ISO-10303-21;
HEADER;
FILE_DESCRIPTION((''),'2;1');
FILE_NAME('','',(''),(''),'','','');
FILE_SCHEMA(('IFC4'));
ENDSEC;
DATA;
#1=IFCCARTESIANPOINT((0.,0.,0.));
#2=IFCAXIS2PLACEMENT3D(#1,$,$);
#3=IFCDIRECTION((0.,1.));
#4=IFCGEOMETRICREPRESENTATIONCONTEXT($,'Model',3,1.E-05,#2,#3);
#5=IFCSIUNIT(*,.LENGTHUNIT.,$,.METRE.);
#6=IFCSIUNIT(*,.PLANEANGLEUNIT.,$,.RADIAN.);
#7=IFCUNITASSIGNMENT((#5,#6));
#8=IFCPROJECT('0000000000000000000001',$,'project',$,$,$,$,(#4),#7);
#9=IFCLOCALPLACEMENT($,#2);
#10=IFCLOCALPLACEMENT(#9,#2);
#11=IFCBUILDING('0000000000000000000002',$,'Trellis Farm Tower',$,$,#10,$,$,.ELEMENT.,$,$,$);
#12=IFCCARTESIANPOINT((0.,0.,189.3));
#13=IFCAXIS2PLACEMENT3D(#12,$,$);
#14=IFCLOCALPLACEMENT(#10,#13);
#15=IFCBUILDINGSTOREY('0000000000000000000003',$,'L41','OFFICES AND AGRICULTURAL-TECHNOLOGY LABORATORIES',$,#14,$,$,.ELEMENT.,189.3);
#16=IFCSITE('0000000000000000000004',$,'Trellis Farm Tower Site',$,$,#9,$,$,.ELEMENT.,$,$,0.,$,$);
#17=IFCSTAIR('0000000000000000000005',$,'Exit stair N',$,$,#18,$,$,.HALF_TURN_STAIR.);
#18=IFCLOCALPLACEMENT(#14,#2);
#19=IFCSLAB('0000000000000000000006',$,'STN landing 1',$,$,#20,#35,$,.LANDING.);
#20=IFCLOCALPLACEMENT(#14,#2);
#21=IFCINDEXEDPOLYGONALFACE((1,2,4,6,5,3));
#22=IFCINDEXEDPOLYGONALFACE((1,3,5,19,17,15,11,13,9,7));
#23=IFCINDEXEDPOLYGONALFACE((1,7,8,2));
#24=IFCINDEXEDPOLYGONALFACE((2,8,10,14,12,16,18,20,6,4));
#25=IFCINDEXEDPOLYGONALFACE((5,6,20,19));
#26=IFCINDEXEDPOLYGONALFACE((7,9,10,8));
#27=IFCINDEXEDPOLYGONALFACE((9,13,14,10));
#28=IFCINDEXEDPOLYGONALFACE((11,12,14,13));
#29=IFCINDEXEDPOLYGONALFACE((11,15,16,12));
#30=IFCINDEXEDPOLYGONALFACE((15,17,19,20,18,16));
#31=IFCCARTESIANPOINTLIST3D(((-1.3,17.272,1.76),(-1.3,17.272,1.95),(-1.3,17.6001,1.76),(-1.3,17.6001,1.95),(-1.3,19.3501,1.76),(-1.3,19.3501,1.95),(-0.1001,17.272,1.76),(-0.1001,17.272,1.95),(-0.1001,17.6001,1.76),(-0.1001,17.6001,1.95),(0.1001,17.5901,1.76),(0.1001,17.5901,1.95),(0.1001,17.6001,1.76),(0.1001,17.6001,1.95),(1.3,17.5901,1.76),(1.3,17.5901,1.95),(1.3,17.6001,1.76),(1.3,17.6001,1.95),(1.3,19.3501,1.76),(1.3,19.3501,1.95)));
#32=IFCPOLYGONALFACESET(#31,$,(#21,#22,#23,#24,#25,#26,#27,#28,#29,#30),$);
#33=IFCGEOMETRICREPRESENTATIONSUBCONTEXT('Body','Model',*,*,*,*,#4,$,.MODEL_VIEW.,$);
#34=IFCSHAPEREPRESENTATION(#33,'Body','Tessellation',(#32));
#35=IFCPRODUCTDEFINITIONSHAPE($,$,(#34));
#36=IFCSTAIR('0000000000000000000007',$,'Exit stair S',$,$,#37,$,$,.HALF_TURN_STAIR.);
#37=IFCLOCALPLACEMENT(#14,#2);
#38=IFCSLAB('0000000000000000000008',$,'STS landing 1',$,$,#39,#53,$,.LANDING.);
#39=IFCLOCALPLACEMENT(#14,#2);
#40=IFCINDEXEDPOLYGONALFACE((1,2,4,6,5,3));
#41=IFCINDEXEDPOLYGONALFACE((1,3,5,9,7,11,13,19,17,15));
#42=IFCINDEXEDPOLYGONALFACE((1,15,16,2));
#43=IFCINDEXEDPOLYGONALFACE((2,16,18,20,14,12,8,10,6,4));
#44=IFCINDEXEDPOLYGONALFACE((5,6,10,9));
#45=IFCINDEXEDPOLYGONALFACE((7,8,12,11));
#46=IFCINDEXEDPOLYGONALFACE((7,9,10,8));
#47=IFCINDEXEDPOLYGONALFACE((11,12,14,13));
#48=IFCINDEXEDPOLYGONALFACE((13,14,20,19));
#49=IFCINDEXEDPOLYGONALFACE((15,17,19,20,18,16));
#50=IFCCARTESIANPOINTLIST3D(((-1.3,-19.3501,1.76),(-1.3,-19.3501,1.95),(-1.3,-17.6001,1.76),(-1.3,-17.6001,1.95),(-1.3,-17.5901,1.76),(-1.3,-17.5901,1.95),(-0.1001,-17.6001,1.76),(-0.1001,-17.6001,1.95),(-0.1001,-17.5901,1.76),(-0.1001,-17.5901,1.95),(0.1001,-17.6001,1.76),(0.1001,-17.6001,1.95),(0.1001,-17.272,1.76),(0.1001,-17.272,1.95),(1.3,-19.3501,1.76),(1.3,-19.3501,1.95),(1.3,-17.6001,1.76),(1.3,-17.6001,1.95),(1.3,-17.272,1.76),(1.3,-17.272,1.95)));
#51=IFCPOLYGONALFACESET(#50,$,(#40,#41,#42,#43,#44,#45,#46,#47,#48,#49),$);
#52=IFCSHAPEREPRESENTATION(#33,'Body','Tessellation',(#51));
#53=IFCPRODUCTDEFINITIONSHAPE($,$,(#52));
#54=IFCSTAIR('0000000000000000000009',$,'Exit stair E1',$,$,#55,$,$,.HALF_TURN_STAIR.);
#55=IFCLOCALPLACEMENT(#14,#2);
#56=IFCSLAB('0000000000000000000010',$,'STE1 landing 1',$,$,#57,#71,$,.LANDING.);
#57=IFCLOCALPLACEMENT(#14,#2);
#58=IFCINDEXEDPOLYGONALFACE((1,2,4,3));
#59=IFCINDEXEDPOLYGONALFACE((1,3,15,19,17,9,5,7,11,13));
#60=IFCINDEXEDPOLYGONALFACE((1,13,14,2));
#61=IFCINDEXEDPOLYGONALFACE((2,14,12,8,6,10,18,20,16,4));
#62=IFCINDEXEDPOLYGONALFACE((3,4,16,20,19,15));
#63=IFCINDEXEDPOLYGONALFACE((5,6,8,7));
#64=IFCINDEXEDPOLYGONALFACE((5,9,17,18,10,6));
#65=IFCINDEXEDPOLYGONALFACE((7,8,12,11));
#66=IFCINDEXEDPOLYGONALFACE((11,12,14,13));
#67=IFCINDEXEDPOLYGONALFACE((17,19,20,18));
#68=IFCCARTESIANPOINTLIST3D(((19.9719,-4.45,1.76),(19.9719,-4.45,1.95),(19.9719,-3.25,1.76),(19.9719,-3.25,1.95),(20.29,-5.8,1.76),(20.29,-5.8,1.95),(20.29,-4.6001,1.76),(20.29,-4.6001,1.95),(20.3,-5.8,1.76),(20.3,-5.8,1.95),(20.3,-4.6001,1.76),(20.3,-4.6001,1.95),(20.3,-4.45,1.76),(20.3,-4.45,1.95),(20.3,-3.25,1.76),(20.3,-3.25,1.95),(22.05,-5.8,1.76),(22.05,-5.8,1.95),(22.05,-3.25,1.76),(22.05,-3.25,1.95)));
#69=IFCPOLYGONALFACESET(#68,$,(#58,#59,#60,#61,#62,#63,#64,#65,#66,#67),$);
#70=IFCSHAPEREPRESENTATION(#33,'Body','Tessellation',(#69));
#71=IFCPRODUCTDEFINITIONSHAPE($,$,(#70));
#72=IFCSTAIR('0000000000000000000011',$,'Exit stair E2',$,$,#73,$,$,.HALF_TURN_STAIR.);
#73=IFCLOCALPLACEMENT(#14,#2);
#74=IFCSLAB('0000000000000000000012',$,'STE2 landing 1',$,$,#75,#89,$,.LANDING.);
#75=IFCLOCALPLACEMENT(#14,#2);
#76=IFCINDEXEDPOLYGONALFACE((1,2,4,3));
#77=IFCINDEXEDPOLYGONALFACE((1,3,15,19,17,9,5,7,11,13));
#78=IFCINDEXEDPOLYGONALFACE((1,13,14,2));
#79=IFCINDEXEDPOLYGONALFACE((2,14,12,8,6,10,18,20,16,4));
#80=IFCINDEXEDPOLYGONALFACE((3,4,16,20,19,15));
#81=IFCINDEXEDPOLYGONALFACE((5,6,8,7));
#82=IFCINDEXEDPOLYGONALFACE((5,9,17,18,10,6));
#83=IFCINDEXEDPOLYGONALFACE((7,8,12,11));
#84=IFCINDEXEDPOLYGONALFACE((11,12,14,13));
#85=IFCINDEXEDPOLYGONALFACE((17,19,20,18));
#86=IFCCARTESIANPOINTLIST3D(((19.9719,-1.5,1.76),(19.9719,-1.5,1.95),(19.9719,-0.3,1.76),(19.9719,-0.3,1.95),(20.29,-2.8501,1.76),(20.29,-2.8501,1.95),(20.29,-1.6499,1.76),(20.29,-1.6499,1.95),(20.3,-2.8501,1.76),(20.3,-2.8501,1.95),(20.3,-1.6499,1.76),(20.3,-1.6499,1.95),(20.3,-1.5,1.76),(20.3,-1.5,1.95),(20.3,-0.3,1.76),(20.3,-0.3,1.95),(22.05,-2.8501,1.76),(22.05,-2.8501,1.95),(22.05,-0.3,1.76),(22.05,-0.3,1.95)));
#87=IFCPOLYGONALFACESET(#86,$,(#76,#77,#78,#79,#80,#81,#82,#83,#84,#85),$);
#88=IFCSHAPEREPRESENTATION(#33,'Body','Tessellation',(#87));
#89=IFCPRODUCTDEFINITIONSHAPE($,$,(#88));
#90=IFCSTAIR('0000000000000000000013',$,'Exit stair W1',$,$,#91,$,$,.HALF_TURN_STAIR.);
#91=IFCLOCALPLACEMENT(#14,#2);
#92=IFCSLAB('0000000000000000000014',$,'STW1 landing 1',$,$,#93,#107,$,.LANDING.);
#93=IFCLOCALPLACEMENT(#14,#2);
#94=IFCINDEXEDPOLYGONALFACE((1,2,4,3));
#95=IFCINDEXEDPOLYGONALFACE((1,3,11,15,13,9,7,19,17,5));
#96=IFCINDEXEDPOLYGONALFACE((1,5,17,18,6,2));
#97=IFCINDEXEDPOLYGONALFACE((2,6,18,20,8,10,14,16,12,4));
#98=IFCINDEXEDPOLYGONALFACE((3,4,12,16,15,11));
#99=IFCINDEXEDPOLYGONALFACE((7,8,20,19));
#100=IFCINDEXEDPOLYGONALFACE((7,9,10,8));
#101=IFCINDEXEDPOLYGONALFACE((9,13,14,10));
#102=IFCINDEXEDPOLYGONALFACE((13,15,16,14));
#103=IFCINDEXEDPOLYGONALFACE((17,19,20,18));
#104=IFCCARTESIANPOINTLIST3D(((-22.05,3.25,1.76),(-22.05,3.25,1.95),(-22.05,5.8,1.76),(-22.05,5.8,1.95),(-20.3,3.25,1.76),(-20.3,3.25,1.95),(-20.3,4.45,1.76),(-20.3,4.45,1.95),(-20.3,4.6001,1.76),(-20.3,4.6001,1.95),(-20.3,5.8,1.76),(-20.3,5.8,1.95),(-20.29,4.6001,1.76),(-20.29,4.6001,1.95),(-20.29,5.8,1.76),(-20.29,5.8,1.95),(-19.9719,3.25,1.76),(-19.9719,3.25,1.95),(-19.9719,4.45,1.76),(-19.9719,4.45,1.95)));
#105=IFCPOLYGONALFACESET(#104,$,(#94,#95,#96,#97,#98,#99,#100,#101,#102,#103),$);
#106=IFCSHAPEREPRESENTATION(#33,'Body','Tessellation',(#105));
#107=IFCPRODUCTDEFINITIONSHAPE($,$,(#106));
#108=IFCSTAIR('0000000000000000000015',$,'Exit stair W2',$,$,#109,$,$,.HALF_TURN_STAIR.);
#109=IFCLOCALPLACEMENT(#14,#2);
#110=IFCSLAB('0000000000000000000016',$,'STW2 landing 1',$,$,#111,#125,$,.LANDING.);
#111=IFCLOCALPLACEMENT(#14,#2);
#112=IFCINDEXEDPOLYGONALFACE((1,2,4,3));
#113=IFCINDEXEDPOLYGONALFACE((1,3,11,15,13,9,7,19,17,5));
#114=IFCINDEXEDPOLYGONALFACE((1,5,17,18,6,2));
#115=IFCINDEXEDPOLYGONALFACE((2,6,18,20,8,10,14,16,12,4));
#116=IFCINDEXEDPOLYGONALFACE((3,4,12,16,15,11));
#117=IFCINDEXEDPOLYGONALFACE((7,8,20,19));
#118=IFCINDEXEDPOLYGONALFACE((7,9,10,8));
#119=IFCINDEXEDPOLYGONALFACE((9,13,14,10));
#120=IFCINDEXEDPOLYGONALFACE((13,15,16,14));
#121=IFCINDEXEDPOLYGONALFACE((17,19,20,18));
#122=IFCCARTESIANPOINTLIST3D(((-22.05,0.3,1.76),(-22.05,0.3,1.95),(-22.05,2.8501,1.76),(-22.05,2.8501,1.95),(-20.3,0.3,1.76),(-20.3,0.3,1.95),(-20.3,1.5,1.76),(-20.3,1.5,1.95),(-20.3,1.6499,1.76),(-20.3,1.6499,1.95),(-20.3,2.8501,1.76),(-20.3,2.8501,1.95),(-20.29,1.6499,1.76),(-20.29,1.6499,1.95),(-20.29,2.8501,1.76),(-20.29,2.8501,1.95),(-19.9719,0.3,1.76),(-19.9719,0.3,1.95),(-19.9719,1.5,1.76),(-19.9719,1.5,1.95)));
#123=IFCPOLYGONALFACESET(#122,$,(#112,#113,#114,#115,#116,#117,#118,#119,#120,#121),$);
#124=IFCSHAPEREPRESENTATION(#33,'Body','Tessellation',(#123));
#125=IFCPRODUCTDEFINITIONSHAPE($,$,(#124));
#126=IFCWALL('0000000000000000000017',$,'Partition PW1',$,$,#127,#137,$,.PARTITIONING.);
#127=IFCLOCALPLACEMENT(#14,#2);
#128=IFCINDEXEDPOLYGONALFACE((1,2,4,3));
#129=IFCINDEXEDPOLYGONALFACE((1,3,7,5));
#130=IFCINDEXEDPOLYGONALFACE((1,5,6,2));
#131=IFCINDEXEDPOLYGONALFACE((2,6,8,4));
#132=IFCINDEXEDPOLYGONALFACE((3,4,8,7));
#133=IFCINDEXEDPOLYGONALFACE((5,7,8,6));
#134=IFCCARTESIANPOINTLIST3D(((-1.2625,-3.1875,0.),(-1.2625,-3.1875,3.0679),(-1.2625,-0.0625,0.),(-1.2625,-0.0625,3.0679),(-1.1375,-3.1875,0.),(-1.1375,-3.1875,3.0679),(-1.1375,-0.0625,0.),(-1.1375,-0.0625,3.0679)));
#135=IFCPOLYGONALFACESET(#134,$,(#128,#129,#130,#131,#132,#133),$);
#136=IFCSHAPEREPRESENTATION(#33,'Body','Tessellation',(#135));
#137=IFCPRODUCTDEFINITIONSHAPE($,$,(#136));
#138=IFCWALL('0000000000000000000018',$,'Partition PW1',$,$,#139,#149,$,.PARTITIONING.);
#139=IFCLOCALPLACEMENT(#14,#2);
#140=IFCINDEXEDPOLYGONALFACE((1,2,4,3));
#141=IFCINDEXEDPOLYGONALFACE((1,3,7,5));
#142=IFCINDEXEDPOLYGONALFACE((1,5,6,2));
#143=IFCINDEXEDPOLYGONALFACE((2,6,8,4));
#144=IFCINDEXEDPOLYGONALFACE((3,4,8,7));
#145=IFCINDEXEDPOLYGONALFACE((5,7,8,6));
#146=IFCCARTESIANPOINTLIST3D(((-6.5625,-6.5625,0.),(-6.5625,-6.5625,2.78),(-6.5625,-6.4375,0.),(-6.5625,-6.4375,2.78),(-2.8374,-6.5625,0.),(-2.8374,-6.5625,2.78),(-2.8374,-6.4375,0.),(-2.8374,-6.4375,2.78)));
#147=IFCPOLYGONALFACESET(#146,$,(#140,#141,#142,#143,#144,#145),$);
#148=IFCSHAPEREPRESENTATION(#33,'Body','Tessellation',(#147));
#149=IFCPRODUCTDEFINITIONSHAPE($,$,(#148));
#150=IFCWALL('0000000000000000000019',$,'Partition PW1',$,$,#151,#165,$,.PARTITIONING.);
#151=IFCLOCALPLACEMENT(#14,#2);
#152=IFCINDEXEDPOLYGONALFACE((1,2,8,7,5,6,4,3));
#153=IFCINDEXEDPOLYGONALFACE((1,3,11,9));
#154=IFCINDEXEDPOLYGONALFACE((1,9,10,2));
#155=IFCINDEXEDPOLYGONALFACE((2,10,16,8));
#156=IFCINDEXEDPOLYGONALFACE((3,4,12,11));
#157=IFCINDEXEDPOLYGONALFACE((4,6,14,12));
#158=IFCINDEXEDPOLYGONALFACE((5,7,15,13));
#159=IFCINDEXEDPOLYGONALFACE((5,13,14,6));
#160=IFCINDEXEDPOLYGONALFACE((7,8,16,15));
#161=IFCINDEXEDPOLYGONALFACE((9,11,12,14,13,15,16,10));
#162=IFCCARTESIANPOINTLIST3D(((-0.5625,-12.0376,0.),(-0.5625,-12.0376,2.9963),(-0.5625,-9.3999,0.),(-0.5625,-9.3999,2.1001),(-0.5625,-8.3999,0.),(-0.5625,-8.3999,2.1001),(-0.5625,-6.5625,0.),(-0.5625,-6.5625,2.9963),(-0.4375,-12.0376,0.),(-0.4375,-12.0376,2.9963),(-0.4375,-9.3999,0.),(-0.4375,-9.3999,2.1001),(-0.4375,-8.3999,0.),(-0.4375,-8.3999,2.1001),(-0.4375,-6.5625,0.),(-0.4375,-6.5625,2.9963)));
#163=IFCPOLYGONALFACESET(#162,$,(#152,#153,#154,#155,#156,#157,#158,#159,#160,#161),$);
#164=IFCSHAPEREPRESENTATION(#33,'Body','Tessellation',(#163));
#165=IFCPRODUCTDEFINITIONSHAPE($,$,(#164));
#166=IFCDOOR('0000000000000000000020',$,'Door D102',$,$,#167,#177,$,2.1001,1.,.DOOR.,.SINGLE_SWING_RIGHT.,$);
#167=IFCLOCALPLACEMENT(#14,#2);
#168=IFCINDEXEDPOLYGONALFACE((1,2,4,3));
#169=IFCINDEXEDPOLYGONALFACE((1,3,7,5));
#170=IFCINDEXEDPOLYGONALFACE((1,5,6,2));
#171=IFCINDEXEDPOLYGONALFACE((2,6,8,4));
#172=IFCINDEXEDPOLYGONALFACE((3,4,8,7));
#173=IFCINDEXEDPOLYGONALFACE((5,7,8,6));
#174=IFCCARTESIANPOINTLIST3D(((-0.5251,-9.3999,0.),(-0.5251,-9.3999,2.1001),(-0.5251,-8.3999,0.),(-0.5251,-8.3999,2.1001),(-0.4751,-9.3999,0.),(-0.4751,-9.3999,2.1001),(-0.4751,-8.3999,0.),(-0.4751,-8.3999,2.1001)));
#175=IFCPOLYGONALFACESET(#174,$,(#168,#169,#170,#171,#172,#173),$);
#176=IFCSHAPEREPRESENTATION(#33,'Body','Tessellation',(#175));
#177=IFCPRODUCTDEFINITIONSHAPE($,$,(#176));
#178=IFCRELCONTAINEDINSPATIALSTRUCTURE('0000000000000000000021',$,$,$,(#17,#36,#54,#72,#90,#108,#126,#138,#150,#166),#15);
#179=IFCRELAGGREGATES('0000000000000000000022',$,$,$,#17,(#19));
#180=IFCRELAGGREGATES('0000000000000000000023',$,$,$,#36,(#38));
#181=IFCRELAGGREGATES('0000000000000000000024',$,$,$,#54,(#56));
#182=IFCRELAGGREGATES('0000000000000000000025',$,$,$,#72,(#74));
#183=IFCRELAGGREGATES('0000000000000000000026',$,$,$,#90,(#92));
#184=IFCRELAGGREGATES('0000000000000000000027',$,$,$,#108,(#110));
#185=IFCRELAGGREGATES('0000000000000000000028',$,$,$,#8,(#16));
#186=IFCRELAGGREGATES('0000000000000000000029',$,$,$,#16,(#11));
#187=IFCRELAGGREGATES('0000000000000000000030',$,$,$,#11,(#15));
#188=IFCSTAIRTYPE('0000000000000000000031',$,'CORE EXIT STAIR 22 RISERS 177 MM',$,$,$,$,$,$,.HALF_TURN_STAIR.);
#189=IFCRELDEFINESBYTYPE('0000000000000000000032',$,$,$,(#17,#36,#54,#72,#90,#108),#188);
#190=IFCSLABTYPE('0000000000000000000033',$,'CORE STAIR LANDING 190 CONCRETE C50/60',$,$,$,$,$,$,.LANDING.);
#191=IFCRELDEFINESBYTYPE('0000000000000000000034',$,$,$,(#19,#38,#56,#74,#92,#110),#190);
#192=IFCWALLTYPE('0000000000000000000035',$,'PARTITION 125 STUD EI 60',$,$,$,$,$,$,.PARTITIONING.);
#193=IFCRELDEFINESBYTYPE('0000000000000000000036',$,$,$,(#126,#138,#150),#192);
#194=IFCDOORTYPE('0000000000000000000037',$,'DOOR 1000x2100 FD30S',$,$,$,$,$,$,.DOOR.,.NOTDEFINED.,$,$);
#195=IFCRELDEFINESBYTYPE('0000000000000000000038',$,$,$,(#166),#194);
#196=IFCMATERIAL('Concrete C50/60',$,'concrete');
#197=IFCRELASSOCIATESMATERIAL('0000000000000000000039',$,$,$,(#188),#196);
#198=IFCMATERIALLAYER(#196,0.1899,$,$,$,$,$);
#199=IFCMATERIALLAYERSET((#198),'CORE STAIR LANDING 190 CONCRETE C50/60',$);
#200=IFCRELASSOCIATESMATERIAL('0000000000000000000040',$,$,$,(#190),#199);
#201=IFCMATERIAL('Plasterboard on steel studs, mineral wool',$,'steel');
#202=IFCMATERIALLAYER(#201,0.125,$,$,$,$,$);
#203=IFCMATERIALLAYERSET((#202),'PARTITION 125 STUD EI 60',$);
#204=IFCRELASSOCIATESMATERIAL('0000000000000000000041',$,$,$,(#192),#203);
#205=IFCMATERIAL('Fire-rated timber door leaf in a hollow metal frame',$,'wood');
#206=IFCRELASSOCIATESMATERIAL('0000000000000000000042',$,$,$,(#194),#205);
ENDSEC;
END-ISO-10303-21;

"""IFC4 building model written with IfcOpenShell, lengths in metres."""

from ifc_helpers import new_model, si_unit, direction, frame, frame_2d, origin, place, context, subcontext, project, spatial, polyline, rectangle, outline, extrude, source, transform, mapped, material, layer, layer_set, type_object, element, fill, aggregate, save


model = new_model("IFC4")

# Units and contexts
model_context = context("Model", 3, precision=1e-05, world=origin(), true_north=direction((0.0, 1.0)))
body_context = subcontext(model_context, "Body", "Model", "MODEL_VIEW")
ifc_project = project(units=[si_unit("LENGTHUNIT", "METRE"), si_unit("PLANEANGLEUNIT", "RADIAN")], contexts=[model_context])

# Site, building, storey
site_placement = place(None, origin())
site = spatial("IfcSite", under=ifc_project, at=site_placement, Name="Trellis Farm Tower Site", CompositionType="ELEMENT", RefElevation=0.0)
building_placement = place(site_placement, origin())
building = spatial("IfcBuilding", under=site, at=building_placement, Name="Trellis Farm Tower", CompositionType="ELEMENT")
storey_placement = place(building_placement, frame((0.0, 0.0, 189.3)))
storey = spatial("IfcBuildingStorey", under=building, at=storey_placement, Name="L41", Description="OFFICES AND AGRICULTURAL-TECHNOLOGY LABORATORIES", CompositionType="ELEMENT", Elevation=189.3)

# Stairs, slabs
ifc_material_1 = material(Name="Concrete C50/60", Category="concrete")
stair_type = type_object("IfcStairType", Name="CORE EXIT STAIR 22 RISERS 177 MM", PredefinedType="HALF_TURN_STAIR", material=ifc_material_1)
placement_1 = place(storey_placement, origin())
stair_1 = element("IfcStair", 1, at=placement_1, inside=storey, type_object=stair_type, Name="Exit stair N", PredefinedType="HALF_TURN_STAIR")
ifc_layer_1 = layer(ifc_material_1, 0.1899)
ifc_layer_set_1 = layer_set([ifc_layer_1], Name="CORE STAIR LANDING 190 CONCRETE C50/60")
slab_type_1 = type_object("IfcSlabType", Name="CORE STAIR LANDING 190 CONCRETE C50/60", PredefinedType="LANDING", material=ifc_layer_set_1)
shared_shape_1 = source(origin(), body_context, "Body", "SweptSolid", [
    extrude(outline(polyline([(-0.1001, 17.272), (-1.3, 17.272), (-1.3, 17.6001), (-1.3, 19.3501), (1.3, 19.3501), (1.3, 17.6001), (1.3, 17.5901), (0.1001, 17.5901), (0.1001, 17.6001), (-0.1001, 17.6001), (-0.1001, 17.272)])), origin(), (0.0, 0.0, 1.0), 0.1899),
])
placement_2 = place(storey_placement, frame((0.0, 0.0, 1.76)))
slab_1 = element("IfcSlab", 2, at=placement_2, type_object=slab_type_1, Name="STN landing 1", PredefinedType="LANDING", context=body_context, shape_type="MappedRepresentation", body=[
    mapped(shared_shape_1, transform((0.0, 0.0, 0.0))),
])
aggregate(stair_1, [slab_1])
stair_2 = element("IfcStair", 3, at=placement_1, inside=storey, type_object=stair_type, Name="Exit stair S", PredefinedType="HALF_TURN_STAIR")
shared_shape_2 = source(origin(), body_context, "Body", "SweptSolid", [
    extrude(outline(polyline([(1.3, -19.3501), (-1.3, -19.3501), (-1.3, -17.6001), (-1.3, -17.5901), (-0.1001, -17.5901), (-0.1001, -17.6001), (0.1001, -17.6001), (0.1001, -17.272), (1.3, -17.272), (1.3, -17.6001), (1.3, -19.3501)])), origin(), (0.0, 0.0, 1.0), 0.1899),
])
slab_2 = element("IfcSlab", 4, at=placement_2, type_object=slab_type_1, Name="STS landing 1", PredefinedType="LANDING", context=body_context, shape_type="MappedRepresentation", body=[
    mapped(shared_shape_2, transform((0.0, 0.0, 0.0))),
])
aggregate(stair_2, [slab_2])
stair_3 = element("IfcStair", 5, at=placement_1, inside=storey, type_object=stair_type, Name="Exit stair E1", PredefinedType="HALF_TURN_STAIR")
shared_shape_3 = source(origin(), body_context, "Body", "SweptSolid", [
    extrude(outline(polyline([(20.29, -5.8), (20.29, -4.6001), (20.3, -4.6001), (20.3, -4.45), (19.9719, -4.45), (19.9719, -3.25), (20.3, -3.25), (22.05, -3.25), (22.05, -5.8), (20.3, -5.8), (20.29, -5.8)])), origin(), (0.0, 0.0, 1.0), 0.1899),
])
slab_3 = element("IfcSlab", 6, at=placement_2, type_object=slab_type_1, Name="STE1 landing 1", PredefinedType="LANDING", context=body_context, shape_type="MappedRepresentation", body=[
    mapped(shared_shape_3, transform((0.0, 0.0, 0.0))),
])
aggregate(stair_3, [slab_3])
stair_4 = element("IfcStair", 7, at=placement_1, inside=storey, type_object=stair_type, Name="Exit stair E2", PredefinedType="HALF_TURN_STAIR")
shared_shape_4 = source(origin(), body_context, "Body", "SweptSolid", [
    extrude(outline(polyline([(20.29, -2.8501), (20.29, -1.6499), (20.3, -1.6499), (20.3, -1.5), (19.9719, -1.5), (19.9719, -0.3), (20.3, -0.3), (22.05, -0.3), (22.05, -2.8501), (20.3, -2.8501), (20.29, -2.8501)])), origin(), (0.0, 0.0, 1.0), 0.1899),
])
slab_4 = element("IfcSlab", 8, at=placement_2, type_object=slab_type_1, Name="STE2 landing 1", PredefinedType="LANDING", context=body_context, shape_type="MappedRepresentation", body=[
    mapped(shared_shape_4, transform((0.0, 0.0, 0.0))),
])
aggregate(stair_4, [slab_4])
stair_5 = element("IfcStair", 9, at=placement_1, inside=storey, type_object=stair_type, Name="Exit stair W1", PredefinedType="HALF_TURN_STAIR")
shared_shape_5 = source(origin(), body_context, "Body", "SweptSolid", [
    extrude(outline(polyline([(-19.9719, 4.45), (-19.9719, 3.25), (-20.3, 3.25), (-22.05, 3.25), (-22.05, 5.8), (-20.3, 5.8), (-20.29, 5.8), (-20.29, 4.6001), (-20.3, 4.6001), (-20.3, 4.45), (-19.9719, 4.45)])), origin(), (0.0, 0.0, 1.0), 0.1899),
])
slab_5 = element("IfcSlab", 10, at=placement_2, type_object=slab_type_1, Name="STW1 landing 1", PredefinedType="LANDING", context=body_context, shape_type="MappedRepresentation", body=[
    mapped(shared_shape_5, transform((0.0, 0.0, 0.0))),
])
aggregate(stair_5, [slab_5])
stair_6 = element("IfcStair", 11, at=placement_1, inside=storey, type_object=stair_type, Name="Exit stair W2", PredefinedType="HALF_TURN_STAIR")
shared_shape_6 = source(origin(), body_context, "Body", "SweptSolid", [
    extrude(outline(polyline([(-19.9719, 1.5), (-19.9719, 0.3), (-20.3, 0.3), (-22.05, 0.3), (-22.05, 2.8501), (-20.3, 2.8501), (-20.29, 2.8501), (-20.29, 1.6499), (-20.3, 1.6499), (-20.3, 1.5), (-19.9719, 1.5)])), origin(), (0.0, 0.0, 1.0), 0.1899),
])
slab_6 = element("IfcSlab", 12, at=placement_2, type_object=slab_type_1, Name="STW2 landing 1", PredefinedType="LANDING", context=body_context, shape_type="MappedRepresentation", body=[
    mapped(shared_shape_6, transform((0.0, 0.0, 0.0))),
])
aggregate(stair_6, [slab_6])

# Walls
ifc_material_2 = material(Name="Plasterboard on steel studs, mineral wool", Category="steel")
ifc_layer_2 = layer(ifc_material_2, 0.125)
ifc_layer_set_2 = layer_set([ifc_layer_2], Name="PARTITION 125 STUD EI 60")
wall_type_1 = type_object("IfcWallType", Name="PARTITION 125 STUD EI 60", PredefinedType="PARTITIONING", material=ifc_layer_set_2)
shared_shape_7 = source(origin(), body_context, "Body", "SweptSolid", [
    extrude(rectangle(XDim=3.125, YDim=0.125, at=frame_2d((1.5625, 0.0))), origin(), (0.0, 0.0, 1.0), 3.0679),
])
wall_1_placement = place(storey_placement, frame((-1.2, -0.0625, 0.0), z_axis=(0.0, 0.0, 1.0), x_axis=(0.0, -1.0, 0.0)))
element("IfcWall", 13, at=wall_1_placement, inside=storey, type_object=wall_type_1, Name="Partition PW1", PredefinedType="PARTITIONING", context=body_context, shape_type="MappedRepresentation", body=[
    mapped(shared_shape_7, transform((0.0, 0.0, 0.0))),
])
shared_shape_8 = source(origin(), body_context, "Body", "SweptSolid", [
    extrude(rectangle(XDim=3.7251, YDim=0.125, at=frame_2d((1.8625, 0.0))), origin(), (0.0, 0.0, 1.0), 2.78),
])
wall_2_placement = place(storey_placement, frame((-2.8374, -6.5, 0.0), z_axis=(0.0, 0.0, 1.0), x_axis=(-1.0, 0.0, 0.0)))
element("IfcWall", 14, at=wall_2_placement, inside=storey, type_object=wall_type_1, Name="Partition PW1", PredefinedType="PARTITIONING", context=body_context, shape_type="MappedRepresentation", body=[
    mapped(shared_shape_8, transform((0.0, 0.0, 0.0))),
])

# Wall, opening, door
shared_shape_9 = source(origin(), body_context, "Body", "SweptSolid", [
    extrude(rectangle(XDim=5.4751, YDim=0.125, at=frame_2d((2.7375, 0.0))), origin(), (0.0, 0.0, 1.0), 2.9963),
])
wall_3_placement = place(storey_placement, frame((-0.5, -6.5625, 0.0), z_axis=(0.0, 0.0, 1.0), x_axis=(0.0, -1.0, 0.0)))
wall_3 = element("IfcWall", 15, at=wall_3_placement, inside=storey, type_object=wall_type_1, Name="Partition PW1", PredefinedType="PARTITIONING", context=body_context, shape_type="MappedRepresentation", body=[
    mapped(shared_shape_9, transform((0.0, 0.0, 0.0))),
])
shared_shape_10 = source(origin(), body_context, "Body", "SweptSolid", [
    extrude(rectangle(XDim=1.0, YDim=2.1001, at=frame_2d((0.5, 1.05))), frame((0.0, 0.0725, 0.0), z_axis=(0.0, -1.0, 0.0), x_axis=(1.0, 0.0, 0.0)), (0.0, 0.0, 1.0), 0.145),
])
opening_1_placement = place(wall_3_placement, frame((1.8374, 0.0, 0.0)))
opening_1 = element("IfcOpeningElement", 16, at=opening_1_placement, cuts=wall_3, PredefinedType="OPENING", context=body_context, shape_type="MappedRepresentation", body=[
    mapped(shared_shape_10, transform((0.0, 0.0, 0.0))),
])
ifc_material_3 = material(Name="Fire-rated timber door leaf in a hollow metal frame", Category="wood")
door_type = type_object("IfcDoorType", Name="DOOR 1000x2100 FD30S", OperationType="NOTDEFINED", PredefinedType="DOOR", material=ifc_material_3)
shared_shape_11 = source(origin(), body_context, "Body", "SweptSolid", [
    extrude(rectangle(XDim=1.0, YDim=2.1001, at=frame_2d((0.5, 1.05))), frame((0.0, 0.0249, 0.0), z_axis=(0.0, -1.0, 0.0), x_axis=(1.0, 0.0, 0.0)), (0.0, 0.0, 1.0), 0.05),
])
door_1_placement = place(opening_1_placement, origin())
door_1 = element("IfcDoor", 17, at=door_1_placement, inside=storey, type_object=door_type, Name="Door D102", OperationType="SINGLE_SWING_RIGHT", OverallHeight=2.1001, OverallWidth=1.0, PredefinedType="DOOR", context=body_context, shape_type="MappedRepresentation", body=[
    mapped(shared_shape_11, transform((0.0, 0.0, 0.0))),
])
fill(opening_1, door_1)

save(model, "model.ifc")
